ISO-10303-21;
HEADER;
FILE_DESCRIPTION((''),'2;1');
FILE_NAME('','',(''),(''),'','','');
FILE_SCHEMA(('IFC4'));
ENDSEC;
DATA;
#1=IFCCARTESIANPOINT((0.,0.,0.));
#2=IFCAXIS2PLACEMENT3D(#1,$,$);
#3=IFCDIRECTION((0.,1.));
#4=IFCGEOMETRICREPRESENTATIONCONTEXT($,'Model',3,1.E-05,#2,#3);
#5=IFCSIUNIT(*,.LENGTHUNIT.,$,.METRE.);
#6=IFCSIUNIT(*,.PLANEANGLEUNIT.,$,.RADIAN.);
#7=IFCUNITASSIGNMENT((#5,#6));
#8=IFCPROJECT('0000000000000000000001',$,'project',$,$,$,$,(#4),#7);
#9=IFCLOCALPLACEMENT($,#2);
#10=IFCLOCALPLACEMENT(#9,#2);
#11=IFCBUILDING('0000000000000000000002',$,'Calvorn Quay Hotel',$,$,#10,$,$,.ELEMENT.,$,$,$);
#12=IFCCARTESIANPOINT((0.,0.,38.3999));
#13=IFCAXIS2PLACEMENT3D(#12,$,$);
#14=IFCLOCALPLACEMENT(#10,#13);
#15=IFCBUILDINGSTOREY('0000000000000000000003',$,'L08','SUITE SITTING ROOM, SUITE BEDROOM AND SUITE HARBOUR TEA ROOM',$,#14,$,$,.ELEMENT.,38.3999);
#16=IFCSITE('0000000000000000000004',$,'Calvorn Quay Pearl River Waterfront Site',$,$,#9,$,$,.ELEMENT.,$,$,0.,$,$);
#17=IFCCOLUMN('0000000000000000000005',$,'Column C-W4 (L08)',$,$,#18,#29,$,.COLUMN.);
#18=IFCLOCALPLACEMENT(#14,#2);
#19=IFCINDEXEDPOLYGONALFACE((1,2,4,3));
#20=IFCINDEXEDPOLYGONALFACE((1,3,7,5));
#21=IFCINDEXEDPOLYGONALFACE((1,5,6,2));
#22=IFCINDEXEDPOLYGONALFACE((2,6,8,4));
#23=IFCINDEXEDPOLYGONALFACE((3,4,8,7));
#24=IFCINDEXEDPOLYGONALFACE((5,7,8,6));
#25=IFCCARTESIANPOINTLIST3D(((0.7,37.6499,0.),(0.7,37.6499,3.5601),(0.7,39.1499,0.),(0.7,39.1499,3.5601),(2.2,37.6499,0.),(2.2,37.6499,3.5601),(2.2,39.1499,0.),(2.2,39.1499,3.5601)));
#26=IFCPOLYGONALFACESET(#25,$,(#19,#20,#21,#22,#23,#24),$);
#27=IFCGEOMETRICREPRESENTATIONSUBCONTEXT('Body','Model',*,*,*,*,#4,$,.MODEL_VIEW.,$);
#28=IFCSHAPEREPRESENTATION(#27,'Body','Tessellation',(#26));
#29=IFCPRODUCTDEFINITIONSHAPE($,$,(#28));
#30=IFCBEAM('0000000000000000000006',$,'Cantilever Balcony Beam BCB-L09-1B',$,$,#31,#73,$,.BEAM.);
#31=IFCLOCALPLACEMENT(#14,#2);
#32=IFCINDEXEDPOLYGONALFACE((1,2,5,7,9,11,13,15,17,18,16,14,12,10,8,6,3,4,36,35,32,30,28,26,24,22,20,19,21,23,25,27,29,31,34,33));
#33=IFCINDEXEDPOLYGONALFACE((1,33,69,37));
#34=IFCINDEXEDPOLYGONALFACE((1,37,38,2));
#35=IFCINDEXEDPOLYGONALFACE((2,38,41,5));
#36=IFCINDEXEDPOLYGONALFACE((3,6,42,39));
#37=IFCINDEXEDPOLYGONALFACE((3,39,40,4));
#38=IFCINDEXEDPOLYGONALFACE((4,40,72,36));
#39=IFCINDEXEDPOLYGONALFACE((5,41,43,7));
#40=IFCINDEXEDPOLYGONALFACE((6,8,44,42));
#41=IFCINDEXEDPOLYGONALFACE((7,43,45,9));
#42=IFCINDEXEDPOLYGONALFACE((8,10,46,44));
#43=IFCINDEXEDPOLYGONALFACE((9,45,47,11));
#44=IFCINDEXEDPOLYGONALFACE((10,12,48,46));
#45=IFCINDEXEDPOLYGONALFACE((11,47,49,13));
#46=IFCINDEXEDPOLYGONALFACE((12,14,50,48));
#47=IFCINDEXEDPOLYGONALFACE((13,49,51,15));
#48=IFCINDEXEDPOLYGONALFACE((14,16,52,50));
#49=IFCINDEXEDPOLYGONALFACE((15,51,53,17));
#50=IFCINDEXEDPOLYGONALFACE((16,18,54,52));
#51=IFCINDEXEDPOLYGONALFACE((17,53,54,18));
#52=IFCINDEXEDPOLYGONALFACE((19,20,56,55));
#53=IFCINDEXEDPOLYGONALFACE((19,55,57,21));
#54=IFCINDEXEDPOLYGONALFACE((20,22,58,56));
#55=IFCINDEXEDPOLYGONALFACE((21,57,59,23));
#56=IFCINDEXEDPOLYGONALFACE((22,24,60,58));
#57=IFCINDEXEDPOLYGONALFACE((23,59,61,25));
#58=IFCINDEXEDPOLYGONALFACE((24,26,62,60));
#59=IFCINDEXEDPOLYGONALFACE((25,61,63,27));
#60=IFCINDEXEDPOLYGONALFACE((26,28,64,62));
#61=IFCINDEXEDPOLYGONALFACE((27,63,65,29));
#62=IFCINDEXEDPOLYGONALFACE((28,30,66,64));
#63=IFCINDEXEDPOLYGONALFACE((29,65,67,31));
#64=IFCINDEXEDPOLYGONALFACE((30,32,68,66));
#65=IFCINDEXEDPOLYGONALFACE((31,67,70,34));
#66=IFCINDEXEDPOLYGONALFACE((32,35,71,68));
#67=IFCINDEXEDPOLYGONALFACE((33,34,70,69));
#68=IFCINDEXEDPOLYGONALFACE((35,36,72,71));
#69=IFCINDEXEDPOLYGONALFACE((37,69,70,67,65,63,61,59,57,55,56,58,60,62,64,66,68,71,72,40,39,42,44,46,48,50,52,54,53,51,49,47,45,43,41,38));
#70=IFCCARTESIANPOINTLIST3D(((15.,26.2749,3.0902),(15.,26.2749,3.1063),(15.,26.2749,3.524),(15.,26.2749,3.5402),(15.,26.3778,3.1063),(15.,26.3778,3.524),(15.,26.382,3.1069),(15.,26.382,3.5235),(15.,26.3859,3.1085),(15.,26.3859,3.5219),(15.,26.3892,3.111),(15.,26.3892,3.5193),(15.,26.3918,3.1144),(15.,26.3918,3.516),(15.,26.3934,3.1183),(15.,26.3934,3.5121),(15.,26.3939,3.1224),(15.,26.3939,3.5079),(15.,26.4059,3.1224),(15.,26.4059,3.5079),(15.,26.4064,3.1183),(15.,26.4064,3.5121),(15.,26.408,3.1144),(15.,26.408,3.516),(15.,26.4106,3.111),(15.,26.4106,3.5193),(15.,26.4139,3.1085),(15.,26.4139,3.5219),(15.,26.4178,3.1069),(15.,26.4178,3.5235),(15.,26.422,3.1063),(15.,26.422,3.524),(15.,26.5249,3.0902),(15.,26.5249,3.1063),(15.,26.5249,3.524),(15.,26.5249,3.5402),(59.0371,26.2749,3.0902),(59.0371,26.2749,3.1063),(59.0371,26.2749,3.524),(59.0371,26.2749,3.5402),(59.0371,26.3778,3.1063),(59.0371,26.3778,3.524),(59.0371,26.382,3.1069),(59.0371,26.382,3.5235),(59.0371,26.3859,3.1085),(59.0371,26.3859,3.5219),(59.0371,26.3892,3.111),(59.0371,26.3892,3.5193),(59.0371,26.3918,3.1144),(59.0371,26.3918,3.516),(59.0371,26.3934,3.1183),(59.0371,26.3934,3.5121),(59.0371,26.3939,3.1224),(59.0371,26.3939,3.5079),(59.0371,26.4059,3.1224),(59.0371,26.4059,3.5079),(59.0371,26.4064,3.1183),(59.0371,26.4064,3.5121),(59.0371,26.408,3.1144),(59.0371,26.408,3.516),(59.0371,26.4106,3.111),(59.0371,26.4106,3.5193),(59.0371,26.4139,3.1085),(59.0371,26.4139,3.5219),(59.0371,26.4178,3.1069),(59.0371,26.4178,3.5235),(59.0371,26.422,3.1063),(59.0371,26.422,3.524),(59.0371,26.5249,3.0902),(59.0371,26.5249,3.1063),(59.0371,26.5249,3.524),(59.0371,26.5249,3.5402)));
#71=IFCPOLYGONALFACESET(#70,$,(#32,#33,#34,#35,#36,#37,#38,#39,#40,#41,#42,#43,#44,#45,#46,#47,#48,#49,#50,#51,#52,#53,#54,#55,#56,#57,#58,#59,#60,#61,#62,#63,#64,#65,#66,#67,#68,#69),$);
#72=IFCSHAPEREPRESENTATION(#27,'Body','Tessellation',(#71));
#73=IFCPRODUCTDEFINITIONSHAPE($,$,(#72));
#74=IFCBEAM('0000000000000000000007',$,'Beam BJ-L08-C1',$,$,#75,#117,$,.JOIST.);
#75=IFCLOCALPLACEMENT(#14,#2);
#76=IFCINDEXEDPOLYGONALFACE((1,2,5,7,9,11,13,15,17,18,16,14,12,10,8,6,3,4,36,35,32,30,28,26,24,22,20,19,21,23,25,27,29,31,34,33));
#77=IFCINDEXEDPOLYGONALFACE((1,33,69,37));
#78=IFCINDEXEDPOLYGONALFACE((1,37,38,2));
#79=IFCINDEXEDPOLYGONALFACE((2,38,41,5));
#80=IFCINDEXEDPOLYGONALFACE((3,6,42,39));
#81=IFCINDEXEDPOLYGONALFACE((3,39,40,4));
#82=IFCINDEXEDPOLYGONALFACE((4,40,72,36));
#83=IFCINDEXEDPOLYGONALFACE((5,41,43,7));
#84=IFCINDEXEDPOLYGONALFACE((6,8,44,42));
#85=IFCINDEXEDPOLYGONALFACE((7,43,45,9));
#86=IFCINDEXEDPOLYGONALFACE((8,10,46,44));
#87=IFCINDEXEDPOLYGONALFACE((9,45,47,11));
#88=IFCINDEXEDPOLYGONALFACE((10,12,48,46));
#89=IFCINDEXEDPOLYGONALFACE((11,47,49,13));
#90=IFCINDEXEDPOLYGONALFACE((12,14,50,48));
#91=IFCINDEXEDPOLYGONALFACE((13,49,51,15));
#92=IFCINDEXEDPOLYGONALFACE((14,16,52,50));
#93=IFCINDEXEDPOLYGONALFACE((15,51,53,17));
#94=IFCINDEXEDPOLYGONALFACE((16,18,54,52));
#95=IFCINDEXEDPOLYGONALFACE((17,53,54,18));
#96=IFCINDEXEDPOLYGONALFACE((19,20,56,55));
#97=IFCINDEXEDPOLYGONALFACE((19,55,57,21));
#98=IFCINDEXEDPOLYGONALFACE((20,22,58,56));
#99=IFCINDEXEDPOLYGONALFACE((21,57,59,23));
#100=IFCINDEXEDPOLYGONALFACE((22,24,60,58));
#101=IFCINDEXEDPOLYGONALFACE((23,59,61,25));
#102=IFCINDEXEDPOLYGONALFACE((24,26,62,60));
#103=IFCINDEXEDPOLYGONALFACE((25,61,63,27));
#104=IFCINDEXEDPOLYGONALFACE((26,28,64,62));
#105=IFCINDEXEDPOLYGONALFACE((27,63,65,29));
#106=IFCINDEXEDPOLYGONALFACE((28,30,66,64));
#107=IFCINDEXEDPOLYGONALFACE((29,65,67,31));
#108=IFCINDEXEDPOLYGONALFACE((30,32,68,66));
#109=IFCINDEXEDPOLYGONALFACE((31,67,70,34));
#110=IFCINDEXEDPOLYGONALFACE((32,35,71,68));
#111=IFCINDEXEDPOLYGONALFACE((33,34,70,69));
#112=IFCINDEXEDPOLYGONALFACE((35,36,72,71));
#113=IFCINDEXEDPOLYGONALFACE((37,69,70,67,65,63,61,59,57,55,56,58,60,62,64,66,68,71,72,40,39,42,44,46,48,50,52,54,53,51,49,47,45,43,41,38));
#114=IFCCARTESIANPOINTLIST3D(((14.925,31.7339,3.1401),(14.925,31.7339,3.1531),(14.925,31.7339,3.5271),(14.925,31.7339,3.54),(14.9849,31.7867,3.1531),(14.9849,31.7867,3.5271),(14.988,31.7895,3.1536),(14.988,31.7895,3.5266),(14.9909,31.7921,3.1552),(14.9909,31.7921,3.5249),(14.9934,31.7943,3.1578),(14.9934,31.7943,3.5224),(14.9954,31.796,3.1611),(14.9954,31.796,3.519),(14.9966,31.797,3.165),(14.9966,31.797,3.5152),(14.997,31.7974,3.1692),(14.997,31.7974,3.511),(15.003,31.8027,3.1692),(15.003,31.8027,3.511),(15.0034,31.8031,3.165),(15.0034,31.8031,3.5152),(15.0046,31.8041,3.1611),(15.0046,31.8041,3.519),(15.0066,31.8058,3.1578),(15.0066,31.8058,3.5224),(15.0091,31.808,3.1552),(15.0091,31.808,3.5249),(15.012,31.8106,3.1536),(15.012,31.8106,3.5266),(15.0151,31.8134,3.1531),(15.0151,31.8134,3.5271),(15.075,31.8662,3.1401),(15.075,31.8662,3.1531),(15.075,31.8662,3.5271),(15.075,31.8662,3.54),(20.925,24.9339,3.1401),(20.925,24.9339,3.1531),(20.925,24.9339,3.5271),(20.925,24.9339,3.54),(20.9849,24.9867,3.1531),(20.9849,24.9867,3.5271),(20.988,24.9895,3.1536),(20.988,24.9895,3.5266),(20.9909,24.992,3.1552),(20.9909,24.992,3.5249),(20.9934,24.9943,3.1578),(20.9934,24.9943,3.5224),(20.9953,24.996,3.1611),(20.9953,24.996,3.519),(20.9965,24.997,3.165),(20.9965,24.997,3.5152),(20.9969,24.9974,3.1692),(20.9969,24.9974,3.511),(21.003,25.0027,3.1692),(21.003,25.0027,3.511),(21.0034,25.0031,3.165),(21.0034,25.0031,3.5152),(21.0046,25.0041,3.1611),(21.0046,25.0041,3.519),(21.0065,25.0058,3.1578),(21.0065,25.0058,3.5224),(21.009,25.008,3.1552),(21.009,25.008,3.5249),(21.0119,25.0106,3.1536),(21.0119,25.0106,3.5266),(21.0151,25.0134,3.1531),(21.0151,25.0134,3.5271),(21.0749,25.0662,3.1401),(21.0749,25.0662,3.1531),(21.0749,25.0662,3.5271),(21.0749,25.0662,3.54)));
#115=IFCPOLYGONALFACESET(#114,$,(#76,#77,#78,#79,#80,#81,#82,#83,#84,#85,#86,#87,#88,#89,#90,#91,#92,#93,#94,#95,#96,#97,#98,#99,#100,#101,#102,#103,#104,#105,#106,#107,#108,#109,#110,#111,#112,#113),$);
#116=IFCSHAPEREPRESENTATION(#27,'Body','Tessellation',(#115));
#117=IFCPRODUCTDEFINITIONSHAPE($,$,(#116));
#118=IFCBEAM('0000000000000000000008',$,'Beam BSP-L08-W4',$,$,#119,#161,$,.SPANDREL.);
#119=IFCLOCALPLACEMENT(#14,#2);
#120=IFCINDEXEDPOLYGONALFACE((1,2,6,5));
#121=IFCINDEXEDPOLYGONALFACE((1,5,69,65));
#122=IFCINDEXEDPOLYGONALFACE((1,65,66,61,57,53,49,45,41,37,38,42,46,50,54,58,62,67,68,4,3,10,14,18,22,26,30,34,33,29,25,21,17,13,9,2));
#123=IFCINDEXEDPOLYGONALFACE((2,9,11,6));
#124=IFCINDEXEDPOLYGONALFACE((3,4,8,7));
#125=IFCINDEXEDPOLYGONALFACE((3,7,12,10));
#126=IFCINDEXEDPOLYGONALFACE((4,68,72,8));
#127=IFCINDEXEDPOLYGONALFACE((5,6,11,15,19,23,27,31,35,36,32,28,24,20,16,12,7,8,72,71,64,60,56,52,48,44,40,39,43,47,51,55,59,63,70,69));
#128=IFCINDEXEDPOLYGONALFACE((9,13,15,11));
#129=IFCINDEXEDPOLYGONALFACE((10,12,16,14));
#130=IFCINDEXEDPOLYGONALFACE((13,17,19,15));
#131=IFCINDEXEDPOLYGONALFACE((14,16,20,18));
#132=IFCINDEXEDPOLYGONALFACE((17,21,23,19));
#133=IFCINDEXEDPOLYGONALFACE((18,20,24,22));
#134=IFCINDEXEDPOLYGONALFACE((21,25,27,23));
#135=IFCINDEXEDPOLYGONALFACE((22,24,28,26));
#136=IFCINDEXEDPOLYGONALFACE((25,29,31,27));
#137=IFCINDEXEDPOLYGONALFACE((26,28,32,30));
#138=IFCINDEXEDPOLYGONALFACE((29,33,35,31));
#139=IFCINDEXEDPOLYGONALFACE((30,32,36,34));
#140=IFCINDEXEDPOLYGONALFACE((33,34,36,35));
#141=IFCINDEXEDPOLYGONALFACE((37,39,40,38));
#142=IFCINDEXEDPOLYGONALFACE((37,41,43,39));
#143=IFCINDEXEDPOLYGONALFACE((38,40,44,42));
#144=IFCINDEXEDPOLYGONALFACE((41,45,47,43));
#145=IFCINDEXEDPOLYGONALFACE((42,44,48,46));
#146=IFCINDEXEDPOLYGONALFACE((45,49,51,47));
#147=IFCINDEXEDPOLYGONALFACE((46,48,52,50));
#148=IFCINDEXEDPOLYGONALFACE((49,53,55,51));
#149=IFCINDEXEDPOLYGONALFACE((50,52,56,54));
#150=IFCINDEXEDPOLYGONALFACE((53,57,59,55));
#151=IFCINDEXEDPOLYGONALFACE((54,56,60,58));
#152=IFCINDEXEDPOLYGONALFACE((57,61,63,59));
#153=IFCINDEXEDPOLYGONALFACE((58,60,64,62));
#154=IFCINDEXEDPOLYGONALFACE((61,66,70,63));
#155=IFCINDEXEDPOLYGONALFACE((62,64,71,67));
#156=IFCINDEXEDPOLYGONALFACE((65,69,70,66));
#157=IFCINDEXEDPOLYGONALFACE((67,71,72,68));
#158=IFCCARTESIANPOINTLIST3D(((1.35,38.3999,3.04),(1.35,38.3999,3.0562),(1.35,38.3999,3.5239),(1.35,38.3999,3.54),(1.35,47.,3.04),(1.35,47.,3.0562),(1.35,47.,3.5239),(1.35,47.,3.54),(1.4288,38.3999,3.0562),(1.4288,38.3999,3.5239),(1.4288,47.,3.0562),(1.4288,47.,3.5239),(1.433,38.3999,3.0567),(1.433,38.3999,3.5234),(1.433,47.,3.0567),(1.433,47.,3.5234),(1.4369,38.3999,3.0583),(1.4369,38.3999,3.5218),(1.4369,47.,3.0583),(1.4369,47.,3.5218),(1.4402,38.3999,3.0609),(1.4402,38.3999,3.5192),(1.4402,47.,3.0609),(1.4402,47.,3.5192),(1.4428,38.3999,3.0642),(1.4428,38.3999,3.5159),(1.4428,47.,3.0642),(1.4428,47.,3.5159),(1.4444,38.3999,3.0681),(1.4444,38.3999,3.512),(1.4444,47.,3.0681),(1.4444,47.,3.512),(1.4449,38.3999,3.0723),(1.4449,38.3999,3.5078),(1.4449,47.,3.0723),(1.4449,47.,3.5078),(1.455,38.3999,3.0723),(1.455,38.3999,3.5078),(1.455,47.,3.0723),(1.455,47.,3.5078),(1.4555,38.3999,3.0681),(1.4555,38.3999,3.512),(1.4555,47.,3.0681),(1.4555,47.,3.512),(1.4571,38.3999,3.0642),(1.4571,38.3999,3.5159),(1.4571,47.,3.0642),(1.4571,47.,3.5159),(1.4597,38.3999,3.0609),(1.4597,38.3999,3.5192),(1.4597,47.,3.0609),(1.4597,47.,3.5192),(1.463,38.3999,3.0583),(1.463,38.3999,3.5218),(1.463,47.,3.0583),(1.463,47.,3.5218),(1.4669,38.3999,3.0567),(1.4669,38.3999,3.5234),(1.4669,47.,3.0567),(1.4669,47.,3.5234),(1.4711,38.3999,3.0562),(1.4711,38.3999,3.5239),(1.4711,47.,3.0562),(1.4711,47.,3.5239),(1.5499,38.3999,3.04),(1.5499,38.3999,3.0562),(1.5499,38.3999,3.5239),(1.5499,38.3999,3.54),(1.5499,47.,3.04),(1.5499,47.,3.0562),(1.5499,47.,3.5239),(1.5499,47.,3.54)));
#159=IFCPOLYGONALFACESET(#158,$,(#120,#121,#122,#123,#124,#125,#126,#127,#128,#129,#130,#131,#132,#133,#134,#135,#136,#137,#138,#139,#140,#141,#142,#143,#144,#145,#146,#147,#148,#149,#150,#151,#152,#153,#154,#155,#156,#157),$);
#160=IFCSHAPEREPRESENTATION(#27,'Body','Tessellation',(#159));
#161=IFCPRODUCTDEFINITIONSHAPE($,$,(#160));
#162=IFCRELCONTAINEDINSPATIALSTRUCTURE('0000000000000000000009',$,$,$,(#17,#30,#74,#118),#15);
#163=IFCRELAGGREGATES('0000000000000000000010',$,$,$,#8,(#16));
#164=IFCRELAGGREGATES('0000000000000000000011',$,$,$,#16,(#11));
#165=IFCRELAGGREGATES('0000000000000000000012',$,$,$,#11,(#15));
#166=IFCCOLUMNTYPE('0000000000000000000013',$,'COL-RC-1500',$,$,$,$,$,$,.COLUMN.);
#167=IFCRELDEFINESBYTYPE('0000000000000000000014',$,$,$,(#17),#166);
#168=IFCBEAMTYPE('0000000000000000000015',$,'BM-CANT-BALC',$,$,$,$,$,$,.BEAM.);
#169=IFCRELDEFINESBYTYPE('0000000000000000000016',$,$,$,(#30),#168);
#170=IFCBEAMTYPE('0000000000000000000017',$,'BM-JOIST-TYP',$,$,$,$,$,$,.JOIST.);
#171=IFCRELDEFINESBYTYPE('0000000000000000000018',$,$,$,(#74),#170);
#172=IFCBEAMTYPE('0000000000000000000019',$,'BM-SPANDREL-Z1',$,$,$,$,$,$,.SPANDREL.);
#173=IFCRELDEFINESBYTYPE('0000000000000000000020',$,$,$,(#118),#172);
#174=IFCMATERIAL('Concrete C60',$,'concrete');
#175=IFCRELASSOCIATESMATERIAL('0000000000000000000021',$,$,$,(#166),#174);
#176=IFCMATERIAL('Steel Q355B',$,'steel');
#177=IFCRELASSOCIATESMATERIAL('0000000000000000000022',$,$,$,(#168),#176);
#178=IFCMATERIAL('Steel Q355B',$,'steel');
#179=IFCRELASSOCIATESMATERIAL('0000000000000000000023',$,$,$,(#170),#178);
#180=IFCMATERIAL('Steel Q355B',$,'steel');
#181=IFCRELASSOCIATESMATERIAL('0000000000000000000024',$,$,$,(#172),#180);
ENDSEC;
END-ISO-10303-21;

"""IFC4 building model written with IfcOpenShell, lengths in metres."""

from ifc_helpers import new_model, si_unit, direction, frame, origin, origin_2d, place, context, subcontext, project, spatial, rectangle, i_section, extrude, material, material_profile, profile_set, type_object, element, save


model = new_model("IFC4")

# Units and contexts
model_context = context("Model", 3, precision=1e-05, world=origin(), true_north=direction((0.0, 1.0)))
body_context = subcontext(model_context, "Body", "Model", "MODEL_VIEW")
ifc_project = project(units=[si_unit("LENGTHUNIT", "METRE"), si_unit("PLANEANGLEUNIT", "RADIAN")], contexts=[model_context])

# Site, building, storey
site_placement = place(None, origin())
site = spatial("IfcSite", under=ifc_project, at=site_placement, Name="Calvorn Quay Pearl River Waterfront Site", CompositionType="ELEMENT", RefElevation=0.0)
building_placement = place(site_placement, origin())
building = spatial("IfcBuilding", under=site, at=building_placement, Name="Calvorn Quay Hotel", CompositionType="ELEMENT")
storey_placement = place(building_placement, frame((0.0, 0.0, 38.3999)))
storey = spatial("IfcBuildingStorey", under=building, at=storey_placement, Name="L08", Description="SUITE SITTING ROOM, SUITE BEDROOM AND SUITE HARBOUR TEA ROOM", CompositionType="ELEMENT", Elevation=38.3999)

# Column
ifc_material_1 = material(Name="Concrete C60", Category="concrete")
ifc_material_profile_1 = material_profile(ifc_material_1, rectangle(XDim=1.5, YDim=1.5, at=origin_2d()), Name="RC1500x1500")
ifc_profile_set_1 = profile_set([ifc_material_profile_1], Name="Concrete C60")
column_type = type_object("IfcColumnType", Name="COL-RC-1500", PredefinedType="COLUMN", material=ifc_profile_set_1)
column_placement = place(storey_placement, frame((1.45, 38.3999, 0.0), z_axis=(0.0, 0.0, 1.0), x_axis=(1.0, 0.0, 0.0)))
element("IfcColumn", 1, at=column_placement, inside=storey, type_object=column_type, Name="Column C-W4 (L08)", PredefinedType="COLUMN", context=body_context, shape_type="SweptSolid", body=[
    extrude(rectangle(XDim=1.5, YDim=1.5, at=origin_2d()), origin(), (0.0, 0.0, 1.0), 3.5601),
])

# Beams
ifc_material_2 = material(Name="Steel Q355B", Category="steel")
ifc_material_profile_2 = material_profile(ifc_material_2, i_section(OverallWidth=0.25, OverallDepth=0.45, WebThickness=0.012, FlangeThickness=0.0161, FilletRadius=0.0161, at=origin_2d()), Name="HN450x250x12x16")
ifc_profile_set_2 = profile_set([ifc_material_profile_2], Name="Steel Q355B")
beam_type_1 = type_object("IfcBeamType", Name="BM-CANT-BALC", PredefinedType="BEAM", material=ifc_profile_set_2)
beam_1_placement = place(storey_placement, frame((15.0, 26.3999, 3.3152), z_axis=(1.0, 0.0, 0.0), x_axis=(0.0, 1.0, 0.0)))
element("IfcBeam", 2, at=beam_1_placement, inside=storey, type_object=beam_type_1, Name="Cantilever Balcony Beam BCB-L09-1B", PredefinedType="BEAM", context=body_context, shape_type="SweptSolid", body=[
    extrude(i_section(OverallWidth=0.25, OverallDepth=0.45, WebThickness=0.012, FlangeThickness=0.0161, FilletRadius=0.0161, at=origin_2d()), origin(), (0.0, 0.0, 1.0), 44.0371),
])
ifc_material_3 = material(Name="Steel Q355B", Category="steel")
ifc_material_profile_3 = material_profile(ifc_material_3, i_section(OverallWidth=0.2, OverallDepth=0.3999, WebThickness=0.0081, FlangeThickness=0.0129, FilletRadius=0.0161, at=origin_2d()), Name="HN400x200x8x13")
ifc_profile_set_3 = profile_set([ifc_material_profile_3], Name="Steel Q355B")
beam_type_2 = type_object("IfcBeamType", Name="BM-JOIST-TYP", PredefinedType="JOIST", material=ifc_profile_set_3)
beam_2_placement = place(storey_placement, frame((15.0, 31.8, 3.3401), z_axis=(0.661619, -0.74984, 0.0), x_axis=(0.74984, 0.661619, 0.0)))
element("IfcBeam", 3, at=beam_2_placement, inside=storey, type_object=beam_type_2, Name="Beam BJ-L08-C1", PredefinedType="JOIST", context=body_context, shape_type="SweptSolid", body=[
    extrude(i_section(OverallWidth=0.2, OverallDepth=0.3999, WebThickness=0.0081, FlangeThickness=0.0129, FilletRadius=0.0161, at=origin_2d()), origin(), (0.0, 0.0, 1.0), 9.0686),
])
ifc_material_4 = material(Name="Steel Q355B", Category="steel")
ifc_material_profile_4 = material_profile(ifc_material_4, i_section(OverallWidth=0.2, OverallDepth=0.5, WebThickness=0.01, FlangeThickness=0.0161, FilletRadius=0.0161, at=origin_2d()), Name="HN500x200x10x16")
ifc_profile_set_4 = profile_set([ifc_material_profile_4], Name="Steel Q355B")
beam_type_3 = type_object("IfcBeamType", Name="BM-SPANDREL-Z1", PredefinedType="SPANDREL", material=ifc_profile_set_4)
beam_3_placement = place(storey_placement, frame((1.45, 38.3999, 3.29), z_axis=(0.0, 1.0, 0.0), x_axis=(-1.0, 0.0, 0.0)))
element("IfcBeam", 4, at=beam_3_placement, inside=storey, type_object=beam_type_3, Name="Beam BSP-L08-W4", PredefinedType="SPANDREL", context=body_context, shape_type="SweptSolid", body=[
    extrude(i_section(OverallWidth=0.2, OverallDepth=0.5, WebThickness=0.01, FlangeThickness=0.0161, FilletRadius=0.0161, at=origin_2d()), origin(), (0.0, 0.0, 1.0), 8.6001),
])

save(model, "model.ifc")
